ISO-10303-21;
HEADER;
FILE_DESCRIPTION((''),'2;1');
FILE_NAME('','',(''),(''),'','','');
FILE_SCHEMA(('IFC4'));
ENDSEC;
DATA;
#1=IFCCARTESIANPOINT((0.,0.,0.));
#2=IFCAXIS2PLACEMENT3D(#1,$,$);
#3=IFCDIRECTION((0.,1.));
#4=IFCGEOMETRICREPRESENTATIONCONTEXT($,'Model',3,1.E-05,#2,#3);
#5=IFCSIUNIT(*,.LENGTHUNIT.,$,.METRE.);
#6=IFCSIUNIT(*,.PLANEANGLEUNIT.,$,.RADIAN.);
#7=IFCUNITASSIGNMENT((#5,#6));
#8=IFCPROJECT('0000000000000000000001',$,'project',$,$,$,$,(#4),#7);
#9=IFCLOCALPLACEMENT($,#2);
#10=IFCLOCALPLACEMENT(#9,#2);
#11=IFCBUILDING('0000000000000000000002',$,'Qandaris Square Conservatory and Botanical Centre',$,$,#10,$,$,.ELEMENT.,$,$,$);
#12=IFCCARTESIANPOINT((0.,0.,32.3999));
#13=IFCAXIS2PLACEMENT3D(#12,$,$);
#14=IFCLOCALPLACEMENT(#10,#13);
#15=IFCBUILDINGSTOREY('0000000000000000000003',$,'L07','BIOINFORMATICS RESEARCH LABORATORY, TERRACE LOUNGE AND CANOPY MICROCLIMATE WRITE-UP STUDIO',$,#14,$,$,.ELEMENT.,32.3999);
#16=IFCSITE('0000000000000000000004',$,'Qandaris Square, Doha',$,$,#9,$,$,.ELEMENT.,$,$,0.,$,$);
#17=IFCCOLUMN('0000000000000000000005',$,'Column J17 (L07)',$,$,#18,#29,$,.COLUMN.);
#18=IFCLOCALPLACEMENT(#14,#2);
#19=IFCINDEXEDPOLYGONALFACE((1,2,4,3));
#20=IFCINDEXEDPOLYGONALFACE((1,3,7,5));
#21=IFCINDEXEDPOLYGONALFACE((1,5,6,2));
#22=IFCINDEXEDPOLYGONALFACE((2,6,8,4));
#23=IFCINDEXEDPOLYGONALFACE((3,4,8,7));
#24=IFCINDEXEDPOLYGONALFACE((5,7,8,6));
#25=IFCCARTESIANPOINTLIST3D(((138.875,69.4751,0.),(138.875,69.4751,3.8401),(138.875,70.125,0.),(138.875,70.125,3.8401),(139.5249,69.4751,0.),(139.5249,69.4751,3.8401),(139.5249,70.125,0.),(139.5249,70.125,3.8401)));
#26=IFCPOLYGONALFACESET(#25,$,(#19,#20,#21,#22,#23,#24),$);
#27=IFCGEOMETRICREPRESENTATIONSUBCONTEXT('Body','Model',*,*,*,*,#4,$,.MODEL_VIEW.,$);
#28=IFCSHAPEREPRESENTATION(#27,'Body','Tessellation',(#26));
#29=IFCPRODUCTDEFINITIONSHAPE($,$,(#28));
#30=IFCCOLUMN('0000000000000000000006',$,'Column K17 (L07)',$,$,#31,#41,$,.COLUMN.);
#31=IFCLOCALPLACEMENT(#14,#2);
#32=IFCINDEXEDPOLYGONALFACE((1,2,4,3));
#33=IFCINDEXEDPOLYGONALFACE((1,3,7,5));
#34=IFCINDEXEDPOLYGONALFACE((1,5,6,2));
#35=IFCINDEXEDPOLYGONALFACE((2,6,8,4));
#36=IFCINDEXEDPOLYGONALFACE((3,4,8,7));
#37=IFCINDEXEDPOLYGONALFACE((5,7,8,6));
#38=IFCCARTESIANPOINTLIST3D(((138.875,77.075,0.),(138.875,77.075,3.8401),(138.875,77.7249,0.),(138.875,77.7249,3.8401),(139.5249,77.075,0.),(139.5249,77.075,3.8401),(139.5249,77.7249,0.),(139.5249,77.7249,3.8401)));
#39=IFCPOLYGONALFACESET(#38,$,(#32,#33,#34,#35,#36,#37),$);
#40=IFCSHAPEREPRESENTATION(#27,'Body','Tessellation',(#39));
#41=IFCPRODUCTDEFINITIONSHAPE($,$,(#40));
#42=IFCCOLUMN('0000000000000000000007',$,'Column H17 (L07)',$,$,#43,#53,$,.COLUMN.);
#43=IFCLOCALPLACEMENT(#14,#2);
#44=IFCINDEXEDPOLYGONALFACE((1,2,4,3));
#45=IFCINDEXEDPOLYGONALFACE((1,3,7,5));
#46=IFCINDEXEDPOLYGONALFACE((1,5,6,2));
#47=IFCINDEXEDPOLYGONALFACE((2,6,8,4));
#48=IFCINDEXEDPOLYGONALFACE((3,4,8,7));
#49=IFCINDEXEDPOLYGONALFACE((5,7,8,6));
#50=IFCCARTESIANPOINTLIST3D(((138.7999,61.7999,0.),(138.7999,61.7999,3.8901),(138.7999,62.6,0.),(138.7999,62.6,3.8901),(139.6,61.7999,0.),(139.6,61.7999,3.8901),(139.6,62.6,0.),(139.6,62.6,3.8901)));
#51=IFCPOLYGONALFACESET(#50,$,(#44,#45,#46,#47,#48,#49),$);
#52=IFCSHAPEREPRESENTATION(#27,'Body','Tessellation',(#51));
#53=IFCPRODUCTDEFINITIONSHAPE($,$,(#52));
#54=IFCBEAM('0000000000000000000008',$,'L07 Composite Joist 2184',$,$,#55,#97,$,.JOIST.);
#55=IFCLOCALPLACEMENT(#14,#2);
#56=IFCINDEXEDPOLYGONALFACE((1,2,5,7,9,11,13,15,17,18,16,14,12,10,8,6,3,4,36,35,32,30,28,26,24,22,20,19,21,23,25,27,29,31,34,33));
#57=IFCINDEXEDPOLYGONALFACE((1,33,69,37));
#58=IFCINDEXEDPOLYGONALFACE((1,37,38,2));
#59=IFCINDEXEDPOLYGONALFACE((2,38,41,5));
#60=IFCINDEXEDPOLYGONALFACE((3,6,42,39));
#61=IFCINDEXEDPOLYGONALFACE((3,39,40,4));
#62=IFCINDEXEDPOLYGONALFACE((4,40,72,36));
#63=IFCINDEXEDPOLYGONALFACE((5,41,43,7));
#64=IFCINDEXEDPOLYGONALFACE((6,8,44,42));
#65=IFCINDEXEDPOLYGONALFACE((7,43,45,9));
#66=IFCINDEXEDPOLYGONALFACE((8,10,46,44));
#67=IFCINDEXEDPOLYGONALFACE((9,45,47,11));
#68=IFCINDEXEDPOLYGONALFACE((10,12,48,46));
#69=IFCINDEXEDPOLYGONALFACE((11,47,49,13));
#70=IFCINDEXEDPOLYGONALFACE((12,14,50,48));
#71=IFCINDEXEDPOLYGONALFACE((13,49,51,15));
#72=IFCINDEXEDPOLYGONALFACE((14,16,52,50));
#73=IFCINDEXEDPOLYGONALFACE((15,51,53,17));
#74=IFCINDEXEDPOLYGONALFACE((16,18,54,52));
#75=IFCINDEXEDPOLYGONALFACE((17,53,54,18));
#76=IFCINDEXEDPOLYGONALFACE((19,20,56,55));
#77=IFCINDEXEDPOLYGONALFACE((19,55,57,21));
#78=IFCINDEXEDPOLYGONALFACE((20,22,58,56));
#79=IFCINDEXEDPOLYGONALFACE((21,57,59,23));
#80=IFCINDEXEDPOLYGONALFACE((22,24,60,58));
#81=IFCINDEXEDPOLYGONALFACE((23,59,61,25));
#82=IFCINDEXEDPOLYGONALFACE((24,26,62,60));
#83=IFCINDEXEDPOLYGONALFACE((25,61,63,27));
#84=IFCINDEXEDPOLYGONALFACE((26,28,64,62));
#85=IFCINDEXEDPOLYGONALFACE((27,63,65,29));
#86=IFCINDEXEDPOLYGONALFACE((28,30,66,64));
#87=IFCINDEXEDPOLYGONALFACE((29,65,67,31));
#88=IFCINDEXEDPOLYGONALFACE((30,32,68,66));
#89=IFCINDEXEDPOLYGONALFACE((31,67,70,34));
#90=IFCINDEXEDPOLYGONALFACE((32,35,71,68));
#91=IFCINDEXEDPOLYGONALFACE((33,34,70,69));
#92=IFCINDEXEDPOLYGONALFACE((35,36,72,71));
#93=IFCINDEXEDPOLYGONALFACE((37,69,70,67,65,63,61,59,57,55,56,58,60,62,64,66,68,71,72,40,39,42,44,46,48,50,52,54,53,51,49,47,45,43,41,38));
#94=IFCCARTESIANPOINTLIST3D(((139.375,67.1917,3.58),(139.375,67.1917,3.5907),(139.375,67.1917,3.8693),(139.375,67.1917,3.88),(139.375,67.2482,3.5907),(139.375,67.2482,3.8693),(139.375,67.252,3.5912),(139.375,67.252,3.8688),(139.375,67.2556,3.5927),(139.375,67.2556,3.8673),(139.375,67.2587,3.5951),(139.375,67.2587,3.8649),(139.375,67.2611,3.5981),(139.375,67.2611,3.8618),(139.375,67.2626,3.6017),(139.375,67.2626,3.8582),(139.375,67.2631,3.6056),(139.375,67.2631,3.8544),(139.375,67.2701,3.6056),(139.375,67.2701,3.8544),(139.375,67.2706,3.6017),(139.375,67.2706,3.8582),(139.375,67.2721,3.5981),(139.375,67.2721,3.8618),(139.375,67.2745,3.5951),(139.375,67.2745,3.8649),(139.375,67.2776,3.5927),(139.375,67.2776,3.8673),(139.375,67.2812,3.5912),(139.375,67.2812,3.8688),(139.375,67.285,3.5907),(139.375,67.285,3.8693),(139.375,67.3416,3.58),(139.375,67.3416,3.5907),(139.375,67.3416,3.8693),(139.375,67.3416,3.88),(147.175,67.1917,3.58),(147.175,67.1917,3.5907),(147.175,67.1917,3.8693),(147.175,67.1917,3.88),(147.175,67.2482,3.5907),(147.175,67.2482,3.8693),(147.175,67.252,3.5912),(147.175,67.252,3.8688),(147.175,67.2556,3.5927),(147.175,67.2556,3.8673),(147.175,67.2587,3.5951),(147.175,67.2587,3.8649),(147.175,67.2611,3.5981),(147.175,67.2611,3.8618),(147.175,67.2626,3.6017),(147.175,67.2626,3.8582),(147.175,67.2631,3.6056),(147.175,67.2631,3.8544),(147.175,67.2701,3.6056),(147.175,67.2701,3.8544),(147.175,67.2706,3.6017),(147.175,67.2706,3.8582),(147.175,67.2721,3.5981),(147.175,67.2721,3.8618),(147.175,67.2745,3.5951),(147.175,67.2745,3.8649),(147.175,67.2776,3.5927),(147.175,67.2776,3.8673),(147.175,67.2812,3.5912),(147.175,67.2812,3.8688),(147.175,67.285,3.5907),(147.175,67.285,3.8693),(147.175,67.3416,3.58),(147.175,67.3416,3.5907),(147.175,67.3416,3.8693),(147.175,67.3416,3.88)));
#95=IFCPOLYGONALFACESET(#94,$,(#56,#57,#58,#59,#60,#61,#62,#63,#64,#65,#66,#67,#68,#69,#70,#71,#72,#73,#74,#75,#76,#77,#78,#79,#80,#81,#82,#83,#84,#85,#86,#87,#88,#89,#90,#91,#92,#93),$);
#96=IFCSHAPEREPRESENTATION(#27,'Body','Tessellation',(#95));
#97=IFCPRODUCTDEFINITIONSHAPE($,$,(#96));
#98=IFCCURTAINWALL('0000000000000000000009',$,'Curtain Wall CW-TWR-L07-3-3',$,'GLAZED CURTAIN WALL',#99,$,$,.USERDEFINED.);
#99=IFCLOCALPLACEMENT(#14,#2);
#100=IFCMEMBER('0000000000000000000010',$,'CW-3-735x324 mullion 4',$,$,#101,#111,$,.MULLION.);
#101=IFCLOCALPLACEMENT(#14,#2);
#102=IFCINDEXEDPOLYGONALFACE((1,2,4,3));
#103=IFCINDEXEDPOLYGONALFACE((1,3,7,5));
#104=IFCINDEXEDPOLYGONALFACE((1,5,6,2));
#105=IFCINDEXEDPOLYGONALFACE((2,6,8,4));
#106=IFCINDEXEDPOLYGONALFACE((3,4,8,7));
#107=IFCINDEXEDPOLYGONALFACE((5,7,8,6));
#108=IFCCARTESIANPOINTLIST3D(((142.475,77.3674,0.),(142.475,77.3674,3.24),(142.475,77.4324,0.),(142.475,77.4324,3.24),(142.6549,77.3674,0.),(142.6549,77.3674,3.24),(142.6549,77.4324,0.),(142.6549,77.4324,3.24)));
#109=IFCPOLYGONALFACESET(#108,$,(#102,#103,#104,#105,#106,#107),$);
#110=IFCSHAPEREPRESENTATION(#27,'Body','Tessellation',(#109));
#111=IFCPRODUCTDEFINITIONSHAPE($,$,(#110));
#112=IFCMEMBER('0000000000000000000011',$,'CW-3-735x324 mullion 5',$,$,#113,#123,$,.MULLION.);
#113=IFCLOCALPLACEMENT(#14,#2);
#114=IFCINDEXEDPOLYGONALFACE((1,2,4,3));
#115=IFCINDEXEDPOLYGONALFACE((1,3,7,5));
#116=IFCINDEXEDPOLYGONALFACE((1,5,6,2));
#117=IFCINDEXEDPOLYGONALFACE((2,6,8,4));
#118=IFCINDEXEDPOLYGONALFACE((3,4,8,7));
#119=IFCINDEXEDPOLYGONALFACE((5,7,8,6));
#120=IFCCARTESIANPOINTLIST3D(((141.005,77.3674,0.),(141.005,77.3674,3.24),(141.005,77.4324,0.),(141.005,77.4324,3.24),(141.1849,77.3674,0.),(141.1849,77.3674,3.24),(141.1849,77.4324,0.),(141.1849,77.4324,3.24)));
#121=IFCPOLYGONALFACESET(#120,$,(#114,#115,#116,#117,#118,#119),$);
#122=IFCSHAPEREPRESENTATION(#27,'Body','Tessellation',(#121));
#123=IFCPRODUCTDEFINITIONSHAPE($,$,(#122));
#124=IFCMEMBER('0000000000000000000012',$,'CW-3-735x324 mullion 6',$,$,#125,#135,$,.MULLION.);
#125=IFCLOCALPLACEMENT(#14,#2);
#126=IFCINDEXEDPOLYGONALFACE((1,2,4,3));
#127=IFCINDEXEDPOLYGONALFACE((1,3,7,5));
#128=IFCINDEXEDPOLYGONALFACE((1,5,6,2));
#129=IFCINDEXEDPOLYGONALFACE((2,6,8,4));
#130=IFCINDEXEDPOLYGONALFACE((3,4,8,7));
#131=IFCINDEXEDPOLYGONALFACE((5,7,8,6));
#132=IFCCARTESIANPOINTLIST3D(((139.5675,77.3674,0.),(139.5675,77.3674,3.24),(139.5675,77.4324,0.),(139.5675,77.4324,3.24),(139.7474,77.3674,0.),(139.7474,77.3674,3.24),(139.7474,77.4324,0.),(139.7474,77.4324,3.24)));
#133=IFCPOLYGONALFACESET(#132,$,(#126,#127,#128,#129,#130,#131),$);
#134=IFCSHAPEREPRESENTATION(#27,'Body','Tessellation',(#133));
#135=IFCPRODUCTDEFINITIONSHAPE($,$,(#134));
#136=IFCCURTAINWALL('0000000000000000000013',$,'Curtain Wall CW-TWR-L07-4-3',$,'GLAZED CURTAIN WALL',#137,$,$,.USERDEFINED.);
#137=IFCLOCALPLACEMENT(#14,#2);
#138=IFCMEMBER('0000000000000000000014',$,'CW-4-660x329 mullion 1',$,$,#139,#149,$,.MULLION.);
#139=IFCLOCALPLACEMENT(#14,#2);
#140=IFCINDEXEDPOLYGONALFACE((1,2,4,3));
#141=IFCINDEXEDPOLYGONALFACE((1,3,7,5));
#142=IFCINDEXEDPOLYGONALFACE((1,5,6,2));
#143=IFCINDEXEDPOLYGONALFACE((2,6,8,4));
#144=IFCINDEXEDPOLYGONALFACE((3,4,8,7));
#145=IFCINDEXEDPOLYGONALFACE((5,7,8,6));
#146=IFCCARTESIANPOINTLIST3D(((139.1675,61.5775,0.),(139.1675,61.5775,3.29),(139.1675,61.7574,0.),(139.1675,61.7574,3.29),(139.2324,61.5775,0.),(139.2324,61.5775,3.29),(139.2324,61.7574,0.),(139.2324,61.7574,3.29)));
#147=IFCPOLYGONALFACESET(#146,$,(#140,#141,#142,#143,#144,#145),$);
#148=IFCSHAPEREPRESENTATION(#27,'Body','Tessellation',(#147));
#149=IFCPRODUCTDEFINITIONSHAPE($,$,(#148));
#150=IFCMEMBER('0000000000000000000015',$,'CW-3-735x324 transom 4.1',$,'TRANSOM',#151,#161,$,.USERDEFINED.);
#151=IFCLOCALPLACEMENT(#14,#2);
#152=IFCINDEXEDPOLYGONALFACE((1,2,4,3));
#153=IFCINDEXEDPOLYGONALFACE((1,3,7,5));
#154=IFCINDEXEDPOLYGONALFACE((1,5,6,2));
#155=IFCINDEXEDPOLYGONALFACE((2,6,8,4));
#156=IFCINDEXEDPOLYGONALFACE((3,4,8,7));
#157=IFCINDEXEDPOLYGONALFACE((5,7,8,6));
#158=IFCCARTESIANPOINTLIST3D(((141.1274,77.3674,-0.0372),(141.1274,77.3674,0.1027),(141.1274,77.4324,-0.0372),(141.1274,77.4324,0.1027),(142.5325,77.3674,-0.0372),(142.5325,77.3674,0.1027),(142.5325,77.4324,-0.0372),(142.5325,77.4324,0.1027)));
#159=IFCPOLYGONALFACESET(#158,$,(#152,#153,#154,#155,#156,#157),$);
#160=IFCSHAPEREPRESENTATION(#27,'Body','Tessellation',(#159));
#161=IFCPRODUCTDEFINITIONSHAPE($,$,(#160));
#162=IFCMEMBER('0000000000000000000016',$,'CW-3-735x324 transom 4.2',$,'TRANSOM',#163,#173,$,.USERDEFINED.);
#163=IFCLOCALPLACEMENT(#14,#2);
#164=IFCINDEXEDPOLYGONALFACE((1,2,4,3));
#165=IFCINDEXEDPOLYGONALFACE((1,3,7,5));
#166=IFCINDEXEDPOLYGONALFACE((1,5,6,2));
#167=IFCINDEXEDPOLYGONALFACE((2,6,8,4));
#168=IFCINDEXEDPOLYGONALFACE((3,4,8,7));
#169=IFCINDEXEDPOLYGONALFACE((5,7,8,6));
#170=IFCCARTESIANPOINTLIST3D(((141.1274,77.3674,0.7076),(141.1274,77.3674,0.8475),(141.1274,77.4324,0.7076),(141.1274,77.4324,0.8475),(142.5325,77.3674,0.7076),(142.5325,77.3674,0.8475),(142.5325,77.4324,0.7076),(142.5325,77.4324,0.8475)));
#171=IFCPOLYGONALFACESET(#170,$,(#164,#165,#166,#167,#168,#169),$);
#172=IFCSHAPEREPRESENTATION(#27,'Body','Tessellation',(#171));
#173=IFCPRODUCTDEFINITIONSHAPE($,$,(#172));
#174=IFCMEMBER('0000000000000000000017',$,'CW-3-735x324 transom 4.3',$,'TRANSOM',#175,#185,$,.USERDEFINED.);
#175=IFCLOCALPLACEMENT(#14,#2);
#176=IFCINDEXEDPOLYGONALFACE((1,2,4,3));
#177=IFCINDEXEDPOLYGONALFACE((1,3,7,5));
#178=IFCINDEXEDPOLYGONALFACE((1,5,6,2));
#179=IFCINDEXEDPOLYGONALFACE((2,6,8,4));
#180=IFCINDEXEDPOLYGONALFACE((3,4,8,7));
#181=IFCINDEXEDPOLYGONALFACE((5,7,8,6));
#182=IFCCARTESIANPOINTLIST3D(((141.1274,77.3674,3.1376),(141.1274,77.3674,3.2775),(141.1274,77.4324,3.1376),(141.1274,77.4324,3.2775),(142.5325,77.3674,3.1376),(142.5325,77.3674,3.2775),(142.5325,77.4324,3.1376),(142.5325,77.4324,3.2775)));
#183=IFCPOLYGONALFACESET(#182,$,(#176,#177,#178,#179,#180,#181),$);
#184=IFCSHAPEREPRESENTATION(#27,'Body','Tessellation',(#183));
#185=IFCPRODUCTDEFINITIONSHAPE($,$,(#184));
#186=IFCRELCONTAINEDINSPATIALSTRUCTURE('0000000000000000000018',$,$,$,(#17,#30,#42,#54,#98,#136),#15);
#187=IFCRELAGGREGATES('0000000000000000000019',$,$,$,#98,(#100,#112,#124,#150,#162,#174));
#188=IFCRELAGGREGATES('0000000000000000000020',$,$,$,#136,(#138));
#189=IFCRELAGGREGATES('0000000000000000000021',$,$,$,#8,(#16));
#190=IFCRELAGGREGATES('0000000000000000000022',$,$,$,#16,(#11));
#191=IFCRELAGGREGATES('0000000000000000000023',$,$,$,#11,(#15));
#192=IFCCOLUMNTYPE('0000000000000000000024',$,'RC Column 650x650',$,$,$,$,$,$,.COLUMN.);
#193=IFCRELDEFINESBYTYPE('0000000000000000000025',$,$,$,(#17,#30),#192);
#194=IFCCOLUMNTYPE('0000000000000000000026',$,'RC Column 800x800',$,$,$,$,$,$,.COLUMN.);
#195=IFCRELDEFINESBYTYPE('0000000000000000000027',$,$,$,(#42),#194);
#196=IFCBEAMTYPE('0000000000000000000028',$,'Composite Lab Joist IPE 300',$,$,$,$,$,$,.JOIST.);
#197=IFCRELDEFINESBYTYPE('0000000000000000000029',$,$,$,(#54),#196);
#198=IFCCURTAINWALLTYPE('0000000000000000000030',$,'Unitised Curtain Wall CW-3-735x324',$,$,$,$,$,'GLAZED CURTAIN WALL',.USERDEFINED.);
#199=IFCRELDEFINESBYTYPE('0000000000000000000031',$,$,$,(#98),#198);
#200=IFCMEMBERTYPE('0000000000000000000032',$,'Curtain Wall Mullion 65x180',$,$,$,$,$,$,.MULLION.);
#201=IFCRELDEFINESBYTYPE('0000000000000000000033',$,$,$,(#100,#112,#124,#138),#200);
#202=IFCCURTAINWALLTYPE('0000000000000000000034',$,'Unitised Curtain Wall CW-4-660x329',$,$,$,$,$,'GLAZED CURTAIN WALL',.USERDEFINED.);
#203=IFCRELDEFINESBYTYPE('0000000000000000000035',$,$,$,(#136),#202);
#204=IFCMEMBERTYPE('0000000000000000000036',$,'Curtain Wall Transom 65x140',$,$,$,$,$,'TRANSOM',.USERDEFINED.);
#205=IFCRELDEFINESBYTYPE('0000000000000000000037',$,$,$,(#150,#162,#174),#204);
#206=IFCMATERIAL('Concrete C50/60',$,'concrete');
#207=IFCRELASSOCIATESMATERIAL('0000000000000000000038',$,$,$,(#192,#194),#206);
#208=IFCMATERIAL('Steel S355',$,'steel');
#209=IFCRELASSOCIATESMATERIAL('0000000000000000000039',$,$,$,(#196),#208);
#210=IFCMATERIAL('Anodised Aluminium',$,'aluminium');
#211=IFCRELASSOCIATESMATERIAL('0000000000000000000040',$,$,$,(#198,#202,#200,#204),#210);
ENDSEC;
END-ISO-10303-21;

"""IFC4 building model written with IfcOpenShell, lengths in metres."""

from ifc_helpers import new_model, si_unit, direction, frame, origin, origin_2d, place, context, subcontext, project, spatial, rectangle, i_section, extrude, material, material_profile, profile_set, type_object, element, aggregate, save


model = new_model("IFC4")

# Units and contexts
model_context = context("Model", 3, precision=1e-05, world=origin(), true_north=direction((0.0, 1.0)))
body_context = subcontext(model_context, "Body", "Model", "MODEL_VIEW")
ifc_project = project(units=[si_unit("LENGTHUNIT", "METRE"), si_unit("PLANEANGLEUNIT", "RADIAN")], contexts=[model_context])

# Site, building, storey
site_placement = place(None, origin())
site = spatial("IfcSite", under=ifc_project, at=site_placement, Name="Qandaris Square, Doha", CompositionType="ELEMENT", RefElevation=0.0)
building_placement = place(site_placement, origin())
building = spatial("IfcBuilding", under=site, at=building_placement, Name="Qandaris Square Conservatory and Botanical Centre", CompositionType="ELEMENT")
storey_placement = place(building_placement, frame((0.0, 0.0, 32.3999)))
storey = spatial("IfcBuildingStorey", under=building, at=storey_placement, Name="L07", Description="BIOINFORMATICS RESEARCH LABORATORY, TERRACE LOUNGE AND CANOPY MICROCLIMATE WRITE-UP STUDIO", CompositionType="ELEMENT", Elevation=32.3999)

# Columns
ifc_material_1 = material(Name="Concrete C50/60", Category="concrete")
ifc_material_profile_1 = material_profile(ifc_material_1, rectangle(XDim=0.6499, YDim=0.6499, at=origin_2d()), Name="RC-COL 650x650")
ifc_profile_set_1 = profile_set([ifc_material_profile_1], Name="Concrete C50/60")
column_type_1 = type_object("IfcColumnType", Name="RC Column 650x650", PredefinedType="COLUMN", material=ifc_profile_set_1)
for number, where, z_axis, x_axis, name in (
    (1, (139.2, 69.8, 0.0), (0.0, 0.0, 1.0), (1.0, 0.0, 0.0), "Column J17 (L07)"),
    (2, (139.2, 77.3999, 0.0), (0.0, 0.0, 1.0), (1.0, 0.0, 0.0), "Column K17 (L07)"),
):
    element("IfcColumn", number, at=place(storey_placement, frame(where, z_axis=z_axis, x_axis=x_axis)), inside=storey, type_object=column_type_1, Name=name, PredefinedType="COLUMN", context=body_context, shape_type="SweptSolid", body=[
        extrude(rectangle(XDim=0.6499, YDim=0.6499, at=origin_2d()), origin(), (0.0, 0.0, 1.0), 3.8401),
    ])
ifc_material_profile_2 = material_profile(ifc_material_1, rectangle(XDim=0.8, YDim=0.8, at=origin_2d()), Name="RC-COL 800x800")
ifc_profile_set_2 = profile_set([ifc_material_profile_2], Name="Concrete C50/60")
column_type_2 = type_object("IfcColumnType", Name="RC Column 800x800", PredefinedType="COLUMN", material=ifc_profile_set_2)
column_placement = place(storey_placement, frame((139.2, 62.2, 0.0), z_axis=(0.0, 0.0, 1.0), x_axis=(1.0, 0.0, 0.0)))
element("IfcColumn", 3, at=column_placement, inside=storey, type_object=column_type_2, Name="Column H17 (L07)", PredefinedType="COLUMN", context=body_context, shape_type="SweptSolid", body=[
    extrude(rectangle(XDim=0.8, YDim=0.8, at=origin_2d()), origin(), (0.0, 0.0, 1.0), 3.8901),
])

# Beam
ifc_material_2 = material(Name="Steel S355", Category="steel")
ifc_material_profile_3 = material_profile(ifc_material_2, i_section(OverallWidth=0.1499, OverallDepth=0.3, WebThickness=0.0071, FlangeThickness=0.0107, FilletRadius=0.0149, at=origin_2d()), Name="IPE 300")
ifc_profile_set_3 = profile_set([ifc_material_profile_3], Name="Steel S355")
beam_type_1 = type_object("IfcBeamType", Name="Composite Lab Joist IPE 300", PredefinedType="JOIST", material=ifc_profile_set_3)
beam_1_placement = place(storey_placement, frame((139.375, 67.2666, 3.73), z_axis=(1.0, 0.0, 0.0), x_axis=(0.0, 1.0, 0.0)))
element("IfcBeam", 4, at=beam_1_placement, inside=storey, type_object=beam_type_1, Name="L07 Composite Joist 2184", PredefinedType="JOIST", context=body_context, shape_type="SweptSolid", body=[
    extrude(i_section(OverallWidth=0.1499, OverallDepth=0.3, WebThickness=0.0071, FlangeThickness=0.0107, FilletRadius=0.0149, at=origin_2d()), origin(), (0.0, 0.0, 1.0), 7.8),
])

# Curtain wall, members
ifc_material_3 = material(Name="Anodised Aluminium", Category="aluminium")
curtain_wall_type_1 = type_object("IfcCurtainWallType", Name="Unitised Curtain Wall CW-3-735x324", ElementType="GLAZED CURTAIN WALL", PredefinedType="USERDEFINED", material=ifc_material_3)
curtain_wall_1_placement = place(storey_placement, origin())
curtain_wall_1 = element("IfcCurtainWall", 5, at=curtain_wall_1_placement, inside=storey, type_object=curtain_wall_type_1, Name="Curtain Wall CW-TWR-L07-3-3", ObjectType="GLAZED CURTAIN WALL", PredefinedType="USERDEFINED")
ifc_material_profile_4 = material_profile(ifc_material_3, rectangle(XDim=0.0649, YDim=0.1799, at=origin_2d()), Name="ALU-MUL 65x180")
ifc_profile_set_4 = profile_set([ifc_material_profile_4], Name="Anodised Aluminium")
member_type_1 = type_object("IfcMemberType", Name="Curtain Wall Mullion 65x180", PredefinedType="MULLION", material=ifc_profile_set_4)
member_1_placement = place(storey_placement, frame((142.5649, 77.3999, 0.0), z_axis=(0.0, 0.0, 1.0), x_axis=(0.0, -1.0, 0.0)))
member_1 = element("IfcMember", 6, at=member_1_placement, type_object=member_type_1, Name="CW-3-735x324 mullion 4", PredefinedType="MULLION", context=body_context, shape_type="SweptSolid", body=[
    extrude(rectangle(XDim=0.0649, YDim=0.1799, at=origin_2d()), origin(), (0.0, 0.0, 1.0), 3.24),
])
member_2_placement = place(storey_placement, frame((141.095, 77.3999, 0.0), z_axis=(0.0, 0.0, 1.0), x_axis=(0.0, -1.0, 0.0)))
member_2 = element("IfcMember", 7, at=member_2_placement, type_object=member_type_1, Name="CW-3-735x324 mullion 5", PredefinedType="MULLION", context=body_context, shape_type="SweptSolid", body=[
    extrude(rectangle(XDim=0.0649, YDim=0.1799, at=origin_2d()), origin(), (0.0, 0.0, 1.0), 3.24),
])
member_3_placement = place(storey_placement, frame((139.6575, 77.3999, 0.0), z_axis=(0.0, 0.0, 1.0), x_axis=(0.0, -1.0, 0.0)))
member_3 = element("IfcMember", 8, at=member_3_placement, type_object=member_type_1, Name="CW-3-735x324 mullion 6", PredefinedType="MULLION", context=body_context, shape_type="SweptSolid", body=[
    extrude(rectangle(XDim=0.0649, YDim=0.1799, at=origin_2d()), origin(), (0.0, 0.0, 1.0), 3.24),
])

# Curtain wall, member
curtain_wall_type_2 = type_object("IfcCurtainWallType", Name="Unitised Curtain Wall CW-4-660x329", ElementType="GLAZED CURTAIN WALL", PredefinedType="USERDEFINED", material=ifc_material_3)
curtain_wall_2_placement = place(storey_placement, origin())
curtain_wall_2 = element("IfcCurtainWall", 9, at=curtain_wall_2_placement, inside=storey, type_object=curtain_wall_type_2, Name="Curtain Wall CW-TWR-L07-4-3", ObjectType="GLAZED CURTAIN WALL", PredefinedType="USERDEFINED")
member_4_placement = place(storey_placement, frame((139.2, 61.6675, 0.0), z_axis=(0.0, 0.0, 1.0), x_axis=(1.0, 0.0, 0.0)))
member_4 = element("IfcMember", 10, at=member_4_placement, type_object=member_type_1, Name="CW-4-660x329 mullion 1", PredefinedType="MULLION", context=body_context, shape_type="SweptSolid", body=[
    extrude(rectangle(XDim=0.0649, YDim=0.1799, at=origin_2d()), origin(), (0.0, 0.0, 1.0), 3.29),
])

# Members
ifc_material_profile_5 = material_profile(ifc_material_3, rectangle(XDim=0.0649, YDim=0.1399, at=origin_2d()), Name="ALU-TRN 65x140")
ifc_profile_set_5 = profile_set([ifc_material_profile_5], Name="Anodised Aluminium")
member_type_2 = type_object("IfcMemberType", Name="Curtain Wall Transom 65x140", ElementType="TRANSOM", PredefinedType="USERDEFINED", material=ifc_profile_set_5)
member_5_placement = place(storey_placement, frame((142.5325, 77.3999, 0.0327), z_axis=(-1.0, 0.0, 0.0), x_axis=(0.0, -1.0, 0.0)))
member_5 = element("IfcMember", 11, at=member_5_placement, type_object=member_type_2, Name="CW-3-735x324 transom 4.1", ObjectType="TRANSOM", PredefinedType="USERDEFINED", context=body_context, shape_type="SweptSolid", body=[
    extrude(rectangle(XDim=0.0649, YDim=0.1399, at=origin_2d()), origin(), (0.0, 0.0, 1.0), 1.405),
])
member_6_placement = place(storey_placement, frame((142.5325, 77.3999, 0.7776), z_axis=(-1.0, 0.0, 0.0), x_axis=(0.0, -1.0, 0.0)))
member_6 = element("IfcMember", 12, at=member_6_placement, type_object=member_type_2, Name="CW-3-735x324 transom 4.2", ObjectType="TRANSOM", PredefinedType="USERDEFINED", context=body_context, shape_type="SweptSolid", body=[
    extrude(rectangle(XDim=0.0649, YDim=0.1399, at=origin_2d()), origin(), (0.0, 0.0, 1.0), 1.405),
])
member_7_placement = place(storey_placement, frame((142.5325, 77.3999, 3.2075), z_axis=(-1.0, 0.0, 0.0), x_axis=(0.0, -1.0, 0.0)))
member_7 = element("IfcMember", 13, at=member_7_placement, type_object=member_type_2, Name="CW-3-735x324 transom 4.3", ObjectType="TRANSOM", PredefinedType="USERDEFINED", context=body_context, shape_type="SweptSolid", body=[
    extrude(rectangle(XDim=0.0649, YDim=0.1399, at=origin_2d()), origin(), (0.0, 0.0, 1.0), 1.405),
])

aggregate(curtain_wall_1, [member_1, member_2, member_3, member_5, member_6, member_7])
aggregate(curtain_wall_2, [member_4])

save(model, "model.ifc")
